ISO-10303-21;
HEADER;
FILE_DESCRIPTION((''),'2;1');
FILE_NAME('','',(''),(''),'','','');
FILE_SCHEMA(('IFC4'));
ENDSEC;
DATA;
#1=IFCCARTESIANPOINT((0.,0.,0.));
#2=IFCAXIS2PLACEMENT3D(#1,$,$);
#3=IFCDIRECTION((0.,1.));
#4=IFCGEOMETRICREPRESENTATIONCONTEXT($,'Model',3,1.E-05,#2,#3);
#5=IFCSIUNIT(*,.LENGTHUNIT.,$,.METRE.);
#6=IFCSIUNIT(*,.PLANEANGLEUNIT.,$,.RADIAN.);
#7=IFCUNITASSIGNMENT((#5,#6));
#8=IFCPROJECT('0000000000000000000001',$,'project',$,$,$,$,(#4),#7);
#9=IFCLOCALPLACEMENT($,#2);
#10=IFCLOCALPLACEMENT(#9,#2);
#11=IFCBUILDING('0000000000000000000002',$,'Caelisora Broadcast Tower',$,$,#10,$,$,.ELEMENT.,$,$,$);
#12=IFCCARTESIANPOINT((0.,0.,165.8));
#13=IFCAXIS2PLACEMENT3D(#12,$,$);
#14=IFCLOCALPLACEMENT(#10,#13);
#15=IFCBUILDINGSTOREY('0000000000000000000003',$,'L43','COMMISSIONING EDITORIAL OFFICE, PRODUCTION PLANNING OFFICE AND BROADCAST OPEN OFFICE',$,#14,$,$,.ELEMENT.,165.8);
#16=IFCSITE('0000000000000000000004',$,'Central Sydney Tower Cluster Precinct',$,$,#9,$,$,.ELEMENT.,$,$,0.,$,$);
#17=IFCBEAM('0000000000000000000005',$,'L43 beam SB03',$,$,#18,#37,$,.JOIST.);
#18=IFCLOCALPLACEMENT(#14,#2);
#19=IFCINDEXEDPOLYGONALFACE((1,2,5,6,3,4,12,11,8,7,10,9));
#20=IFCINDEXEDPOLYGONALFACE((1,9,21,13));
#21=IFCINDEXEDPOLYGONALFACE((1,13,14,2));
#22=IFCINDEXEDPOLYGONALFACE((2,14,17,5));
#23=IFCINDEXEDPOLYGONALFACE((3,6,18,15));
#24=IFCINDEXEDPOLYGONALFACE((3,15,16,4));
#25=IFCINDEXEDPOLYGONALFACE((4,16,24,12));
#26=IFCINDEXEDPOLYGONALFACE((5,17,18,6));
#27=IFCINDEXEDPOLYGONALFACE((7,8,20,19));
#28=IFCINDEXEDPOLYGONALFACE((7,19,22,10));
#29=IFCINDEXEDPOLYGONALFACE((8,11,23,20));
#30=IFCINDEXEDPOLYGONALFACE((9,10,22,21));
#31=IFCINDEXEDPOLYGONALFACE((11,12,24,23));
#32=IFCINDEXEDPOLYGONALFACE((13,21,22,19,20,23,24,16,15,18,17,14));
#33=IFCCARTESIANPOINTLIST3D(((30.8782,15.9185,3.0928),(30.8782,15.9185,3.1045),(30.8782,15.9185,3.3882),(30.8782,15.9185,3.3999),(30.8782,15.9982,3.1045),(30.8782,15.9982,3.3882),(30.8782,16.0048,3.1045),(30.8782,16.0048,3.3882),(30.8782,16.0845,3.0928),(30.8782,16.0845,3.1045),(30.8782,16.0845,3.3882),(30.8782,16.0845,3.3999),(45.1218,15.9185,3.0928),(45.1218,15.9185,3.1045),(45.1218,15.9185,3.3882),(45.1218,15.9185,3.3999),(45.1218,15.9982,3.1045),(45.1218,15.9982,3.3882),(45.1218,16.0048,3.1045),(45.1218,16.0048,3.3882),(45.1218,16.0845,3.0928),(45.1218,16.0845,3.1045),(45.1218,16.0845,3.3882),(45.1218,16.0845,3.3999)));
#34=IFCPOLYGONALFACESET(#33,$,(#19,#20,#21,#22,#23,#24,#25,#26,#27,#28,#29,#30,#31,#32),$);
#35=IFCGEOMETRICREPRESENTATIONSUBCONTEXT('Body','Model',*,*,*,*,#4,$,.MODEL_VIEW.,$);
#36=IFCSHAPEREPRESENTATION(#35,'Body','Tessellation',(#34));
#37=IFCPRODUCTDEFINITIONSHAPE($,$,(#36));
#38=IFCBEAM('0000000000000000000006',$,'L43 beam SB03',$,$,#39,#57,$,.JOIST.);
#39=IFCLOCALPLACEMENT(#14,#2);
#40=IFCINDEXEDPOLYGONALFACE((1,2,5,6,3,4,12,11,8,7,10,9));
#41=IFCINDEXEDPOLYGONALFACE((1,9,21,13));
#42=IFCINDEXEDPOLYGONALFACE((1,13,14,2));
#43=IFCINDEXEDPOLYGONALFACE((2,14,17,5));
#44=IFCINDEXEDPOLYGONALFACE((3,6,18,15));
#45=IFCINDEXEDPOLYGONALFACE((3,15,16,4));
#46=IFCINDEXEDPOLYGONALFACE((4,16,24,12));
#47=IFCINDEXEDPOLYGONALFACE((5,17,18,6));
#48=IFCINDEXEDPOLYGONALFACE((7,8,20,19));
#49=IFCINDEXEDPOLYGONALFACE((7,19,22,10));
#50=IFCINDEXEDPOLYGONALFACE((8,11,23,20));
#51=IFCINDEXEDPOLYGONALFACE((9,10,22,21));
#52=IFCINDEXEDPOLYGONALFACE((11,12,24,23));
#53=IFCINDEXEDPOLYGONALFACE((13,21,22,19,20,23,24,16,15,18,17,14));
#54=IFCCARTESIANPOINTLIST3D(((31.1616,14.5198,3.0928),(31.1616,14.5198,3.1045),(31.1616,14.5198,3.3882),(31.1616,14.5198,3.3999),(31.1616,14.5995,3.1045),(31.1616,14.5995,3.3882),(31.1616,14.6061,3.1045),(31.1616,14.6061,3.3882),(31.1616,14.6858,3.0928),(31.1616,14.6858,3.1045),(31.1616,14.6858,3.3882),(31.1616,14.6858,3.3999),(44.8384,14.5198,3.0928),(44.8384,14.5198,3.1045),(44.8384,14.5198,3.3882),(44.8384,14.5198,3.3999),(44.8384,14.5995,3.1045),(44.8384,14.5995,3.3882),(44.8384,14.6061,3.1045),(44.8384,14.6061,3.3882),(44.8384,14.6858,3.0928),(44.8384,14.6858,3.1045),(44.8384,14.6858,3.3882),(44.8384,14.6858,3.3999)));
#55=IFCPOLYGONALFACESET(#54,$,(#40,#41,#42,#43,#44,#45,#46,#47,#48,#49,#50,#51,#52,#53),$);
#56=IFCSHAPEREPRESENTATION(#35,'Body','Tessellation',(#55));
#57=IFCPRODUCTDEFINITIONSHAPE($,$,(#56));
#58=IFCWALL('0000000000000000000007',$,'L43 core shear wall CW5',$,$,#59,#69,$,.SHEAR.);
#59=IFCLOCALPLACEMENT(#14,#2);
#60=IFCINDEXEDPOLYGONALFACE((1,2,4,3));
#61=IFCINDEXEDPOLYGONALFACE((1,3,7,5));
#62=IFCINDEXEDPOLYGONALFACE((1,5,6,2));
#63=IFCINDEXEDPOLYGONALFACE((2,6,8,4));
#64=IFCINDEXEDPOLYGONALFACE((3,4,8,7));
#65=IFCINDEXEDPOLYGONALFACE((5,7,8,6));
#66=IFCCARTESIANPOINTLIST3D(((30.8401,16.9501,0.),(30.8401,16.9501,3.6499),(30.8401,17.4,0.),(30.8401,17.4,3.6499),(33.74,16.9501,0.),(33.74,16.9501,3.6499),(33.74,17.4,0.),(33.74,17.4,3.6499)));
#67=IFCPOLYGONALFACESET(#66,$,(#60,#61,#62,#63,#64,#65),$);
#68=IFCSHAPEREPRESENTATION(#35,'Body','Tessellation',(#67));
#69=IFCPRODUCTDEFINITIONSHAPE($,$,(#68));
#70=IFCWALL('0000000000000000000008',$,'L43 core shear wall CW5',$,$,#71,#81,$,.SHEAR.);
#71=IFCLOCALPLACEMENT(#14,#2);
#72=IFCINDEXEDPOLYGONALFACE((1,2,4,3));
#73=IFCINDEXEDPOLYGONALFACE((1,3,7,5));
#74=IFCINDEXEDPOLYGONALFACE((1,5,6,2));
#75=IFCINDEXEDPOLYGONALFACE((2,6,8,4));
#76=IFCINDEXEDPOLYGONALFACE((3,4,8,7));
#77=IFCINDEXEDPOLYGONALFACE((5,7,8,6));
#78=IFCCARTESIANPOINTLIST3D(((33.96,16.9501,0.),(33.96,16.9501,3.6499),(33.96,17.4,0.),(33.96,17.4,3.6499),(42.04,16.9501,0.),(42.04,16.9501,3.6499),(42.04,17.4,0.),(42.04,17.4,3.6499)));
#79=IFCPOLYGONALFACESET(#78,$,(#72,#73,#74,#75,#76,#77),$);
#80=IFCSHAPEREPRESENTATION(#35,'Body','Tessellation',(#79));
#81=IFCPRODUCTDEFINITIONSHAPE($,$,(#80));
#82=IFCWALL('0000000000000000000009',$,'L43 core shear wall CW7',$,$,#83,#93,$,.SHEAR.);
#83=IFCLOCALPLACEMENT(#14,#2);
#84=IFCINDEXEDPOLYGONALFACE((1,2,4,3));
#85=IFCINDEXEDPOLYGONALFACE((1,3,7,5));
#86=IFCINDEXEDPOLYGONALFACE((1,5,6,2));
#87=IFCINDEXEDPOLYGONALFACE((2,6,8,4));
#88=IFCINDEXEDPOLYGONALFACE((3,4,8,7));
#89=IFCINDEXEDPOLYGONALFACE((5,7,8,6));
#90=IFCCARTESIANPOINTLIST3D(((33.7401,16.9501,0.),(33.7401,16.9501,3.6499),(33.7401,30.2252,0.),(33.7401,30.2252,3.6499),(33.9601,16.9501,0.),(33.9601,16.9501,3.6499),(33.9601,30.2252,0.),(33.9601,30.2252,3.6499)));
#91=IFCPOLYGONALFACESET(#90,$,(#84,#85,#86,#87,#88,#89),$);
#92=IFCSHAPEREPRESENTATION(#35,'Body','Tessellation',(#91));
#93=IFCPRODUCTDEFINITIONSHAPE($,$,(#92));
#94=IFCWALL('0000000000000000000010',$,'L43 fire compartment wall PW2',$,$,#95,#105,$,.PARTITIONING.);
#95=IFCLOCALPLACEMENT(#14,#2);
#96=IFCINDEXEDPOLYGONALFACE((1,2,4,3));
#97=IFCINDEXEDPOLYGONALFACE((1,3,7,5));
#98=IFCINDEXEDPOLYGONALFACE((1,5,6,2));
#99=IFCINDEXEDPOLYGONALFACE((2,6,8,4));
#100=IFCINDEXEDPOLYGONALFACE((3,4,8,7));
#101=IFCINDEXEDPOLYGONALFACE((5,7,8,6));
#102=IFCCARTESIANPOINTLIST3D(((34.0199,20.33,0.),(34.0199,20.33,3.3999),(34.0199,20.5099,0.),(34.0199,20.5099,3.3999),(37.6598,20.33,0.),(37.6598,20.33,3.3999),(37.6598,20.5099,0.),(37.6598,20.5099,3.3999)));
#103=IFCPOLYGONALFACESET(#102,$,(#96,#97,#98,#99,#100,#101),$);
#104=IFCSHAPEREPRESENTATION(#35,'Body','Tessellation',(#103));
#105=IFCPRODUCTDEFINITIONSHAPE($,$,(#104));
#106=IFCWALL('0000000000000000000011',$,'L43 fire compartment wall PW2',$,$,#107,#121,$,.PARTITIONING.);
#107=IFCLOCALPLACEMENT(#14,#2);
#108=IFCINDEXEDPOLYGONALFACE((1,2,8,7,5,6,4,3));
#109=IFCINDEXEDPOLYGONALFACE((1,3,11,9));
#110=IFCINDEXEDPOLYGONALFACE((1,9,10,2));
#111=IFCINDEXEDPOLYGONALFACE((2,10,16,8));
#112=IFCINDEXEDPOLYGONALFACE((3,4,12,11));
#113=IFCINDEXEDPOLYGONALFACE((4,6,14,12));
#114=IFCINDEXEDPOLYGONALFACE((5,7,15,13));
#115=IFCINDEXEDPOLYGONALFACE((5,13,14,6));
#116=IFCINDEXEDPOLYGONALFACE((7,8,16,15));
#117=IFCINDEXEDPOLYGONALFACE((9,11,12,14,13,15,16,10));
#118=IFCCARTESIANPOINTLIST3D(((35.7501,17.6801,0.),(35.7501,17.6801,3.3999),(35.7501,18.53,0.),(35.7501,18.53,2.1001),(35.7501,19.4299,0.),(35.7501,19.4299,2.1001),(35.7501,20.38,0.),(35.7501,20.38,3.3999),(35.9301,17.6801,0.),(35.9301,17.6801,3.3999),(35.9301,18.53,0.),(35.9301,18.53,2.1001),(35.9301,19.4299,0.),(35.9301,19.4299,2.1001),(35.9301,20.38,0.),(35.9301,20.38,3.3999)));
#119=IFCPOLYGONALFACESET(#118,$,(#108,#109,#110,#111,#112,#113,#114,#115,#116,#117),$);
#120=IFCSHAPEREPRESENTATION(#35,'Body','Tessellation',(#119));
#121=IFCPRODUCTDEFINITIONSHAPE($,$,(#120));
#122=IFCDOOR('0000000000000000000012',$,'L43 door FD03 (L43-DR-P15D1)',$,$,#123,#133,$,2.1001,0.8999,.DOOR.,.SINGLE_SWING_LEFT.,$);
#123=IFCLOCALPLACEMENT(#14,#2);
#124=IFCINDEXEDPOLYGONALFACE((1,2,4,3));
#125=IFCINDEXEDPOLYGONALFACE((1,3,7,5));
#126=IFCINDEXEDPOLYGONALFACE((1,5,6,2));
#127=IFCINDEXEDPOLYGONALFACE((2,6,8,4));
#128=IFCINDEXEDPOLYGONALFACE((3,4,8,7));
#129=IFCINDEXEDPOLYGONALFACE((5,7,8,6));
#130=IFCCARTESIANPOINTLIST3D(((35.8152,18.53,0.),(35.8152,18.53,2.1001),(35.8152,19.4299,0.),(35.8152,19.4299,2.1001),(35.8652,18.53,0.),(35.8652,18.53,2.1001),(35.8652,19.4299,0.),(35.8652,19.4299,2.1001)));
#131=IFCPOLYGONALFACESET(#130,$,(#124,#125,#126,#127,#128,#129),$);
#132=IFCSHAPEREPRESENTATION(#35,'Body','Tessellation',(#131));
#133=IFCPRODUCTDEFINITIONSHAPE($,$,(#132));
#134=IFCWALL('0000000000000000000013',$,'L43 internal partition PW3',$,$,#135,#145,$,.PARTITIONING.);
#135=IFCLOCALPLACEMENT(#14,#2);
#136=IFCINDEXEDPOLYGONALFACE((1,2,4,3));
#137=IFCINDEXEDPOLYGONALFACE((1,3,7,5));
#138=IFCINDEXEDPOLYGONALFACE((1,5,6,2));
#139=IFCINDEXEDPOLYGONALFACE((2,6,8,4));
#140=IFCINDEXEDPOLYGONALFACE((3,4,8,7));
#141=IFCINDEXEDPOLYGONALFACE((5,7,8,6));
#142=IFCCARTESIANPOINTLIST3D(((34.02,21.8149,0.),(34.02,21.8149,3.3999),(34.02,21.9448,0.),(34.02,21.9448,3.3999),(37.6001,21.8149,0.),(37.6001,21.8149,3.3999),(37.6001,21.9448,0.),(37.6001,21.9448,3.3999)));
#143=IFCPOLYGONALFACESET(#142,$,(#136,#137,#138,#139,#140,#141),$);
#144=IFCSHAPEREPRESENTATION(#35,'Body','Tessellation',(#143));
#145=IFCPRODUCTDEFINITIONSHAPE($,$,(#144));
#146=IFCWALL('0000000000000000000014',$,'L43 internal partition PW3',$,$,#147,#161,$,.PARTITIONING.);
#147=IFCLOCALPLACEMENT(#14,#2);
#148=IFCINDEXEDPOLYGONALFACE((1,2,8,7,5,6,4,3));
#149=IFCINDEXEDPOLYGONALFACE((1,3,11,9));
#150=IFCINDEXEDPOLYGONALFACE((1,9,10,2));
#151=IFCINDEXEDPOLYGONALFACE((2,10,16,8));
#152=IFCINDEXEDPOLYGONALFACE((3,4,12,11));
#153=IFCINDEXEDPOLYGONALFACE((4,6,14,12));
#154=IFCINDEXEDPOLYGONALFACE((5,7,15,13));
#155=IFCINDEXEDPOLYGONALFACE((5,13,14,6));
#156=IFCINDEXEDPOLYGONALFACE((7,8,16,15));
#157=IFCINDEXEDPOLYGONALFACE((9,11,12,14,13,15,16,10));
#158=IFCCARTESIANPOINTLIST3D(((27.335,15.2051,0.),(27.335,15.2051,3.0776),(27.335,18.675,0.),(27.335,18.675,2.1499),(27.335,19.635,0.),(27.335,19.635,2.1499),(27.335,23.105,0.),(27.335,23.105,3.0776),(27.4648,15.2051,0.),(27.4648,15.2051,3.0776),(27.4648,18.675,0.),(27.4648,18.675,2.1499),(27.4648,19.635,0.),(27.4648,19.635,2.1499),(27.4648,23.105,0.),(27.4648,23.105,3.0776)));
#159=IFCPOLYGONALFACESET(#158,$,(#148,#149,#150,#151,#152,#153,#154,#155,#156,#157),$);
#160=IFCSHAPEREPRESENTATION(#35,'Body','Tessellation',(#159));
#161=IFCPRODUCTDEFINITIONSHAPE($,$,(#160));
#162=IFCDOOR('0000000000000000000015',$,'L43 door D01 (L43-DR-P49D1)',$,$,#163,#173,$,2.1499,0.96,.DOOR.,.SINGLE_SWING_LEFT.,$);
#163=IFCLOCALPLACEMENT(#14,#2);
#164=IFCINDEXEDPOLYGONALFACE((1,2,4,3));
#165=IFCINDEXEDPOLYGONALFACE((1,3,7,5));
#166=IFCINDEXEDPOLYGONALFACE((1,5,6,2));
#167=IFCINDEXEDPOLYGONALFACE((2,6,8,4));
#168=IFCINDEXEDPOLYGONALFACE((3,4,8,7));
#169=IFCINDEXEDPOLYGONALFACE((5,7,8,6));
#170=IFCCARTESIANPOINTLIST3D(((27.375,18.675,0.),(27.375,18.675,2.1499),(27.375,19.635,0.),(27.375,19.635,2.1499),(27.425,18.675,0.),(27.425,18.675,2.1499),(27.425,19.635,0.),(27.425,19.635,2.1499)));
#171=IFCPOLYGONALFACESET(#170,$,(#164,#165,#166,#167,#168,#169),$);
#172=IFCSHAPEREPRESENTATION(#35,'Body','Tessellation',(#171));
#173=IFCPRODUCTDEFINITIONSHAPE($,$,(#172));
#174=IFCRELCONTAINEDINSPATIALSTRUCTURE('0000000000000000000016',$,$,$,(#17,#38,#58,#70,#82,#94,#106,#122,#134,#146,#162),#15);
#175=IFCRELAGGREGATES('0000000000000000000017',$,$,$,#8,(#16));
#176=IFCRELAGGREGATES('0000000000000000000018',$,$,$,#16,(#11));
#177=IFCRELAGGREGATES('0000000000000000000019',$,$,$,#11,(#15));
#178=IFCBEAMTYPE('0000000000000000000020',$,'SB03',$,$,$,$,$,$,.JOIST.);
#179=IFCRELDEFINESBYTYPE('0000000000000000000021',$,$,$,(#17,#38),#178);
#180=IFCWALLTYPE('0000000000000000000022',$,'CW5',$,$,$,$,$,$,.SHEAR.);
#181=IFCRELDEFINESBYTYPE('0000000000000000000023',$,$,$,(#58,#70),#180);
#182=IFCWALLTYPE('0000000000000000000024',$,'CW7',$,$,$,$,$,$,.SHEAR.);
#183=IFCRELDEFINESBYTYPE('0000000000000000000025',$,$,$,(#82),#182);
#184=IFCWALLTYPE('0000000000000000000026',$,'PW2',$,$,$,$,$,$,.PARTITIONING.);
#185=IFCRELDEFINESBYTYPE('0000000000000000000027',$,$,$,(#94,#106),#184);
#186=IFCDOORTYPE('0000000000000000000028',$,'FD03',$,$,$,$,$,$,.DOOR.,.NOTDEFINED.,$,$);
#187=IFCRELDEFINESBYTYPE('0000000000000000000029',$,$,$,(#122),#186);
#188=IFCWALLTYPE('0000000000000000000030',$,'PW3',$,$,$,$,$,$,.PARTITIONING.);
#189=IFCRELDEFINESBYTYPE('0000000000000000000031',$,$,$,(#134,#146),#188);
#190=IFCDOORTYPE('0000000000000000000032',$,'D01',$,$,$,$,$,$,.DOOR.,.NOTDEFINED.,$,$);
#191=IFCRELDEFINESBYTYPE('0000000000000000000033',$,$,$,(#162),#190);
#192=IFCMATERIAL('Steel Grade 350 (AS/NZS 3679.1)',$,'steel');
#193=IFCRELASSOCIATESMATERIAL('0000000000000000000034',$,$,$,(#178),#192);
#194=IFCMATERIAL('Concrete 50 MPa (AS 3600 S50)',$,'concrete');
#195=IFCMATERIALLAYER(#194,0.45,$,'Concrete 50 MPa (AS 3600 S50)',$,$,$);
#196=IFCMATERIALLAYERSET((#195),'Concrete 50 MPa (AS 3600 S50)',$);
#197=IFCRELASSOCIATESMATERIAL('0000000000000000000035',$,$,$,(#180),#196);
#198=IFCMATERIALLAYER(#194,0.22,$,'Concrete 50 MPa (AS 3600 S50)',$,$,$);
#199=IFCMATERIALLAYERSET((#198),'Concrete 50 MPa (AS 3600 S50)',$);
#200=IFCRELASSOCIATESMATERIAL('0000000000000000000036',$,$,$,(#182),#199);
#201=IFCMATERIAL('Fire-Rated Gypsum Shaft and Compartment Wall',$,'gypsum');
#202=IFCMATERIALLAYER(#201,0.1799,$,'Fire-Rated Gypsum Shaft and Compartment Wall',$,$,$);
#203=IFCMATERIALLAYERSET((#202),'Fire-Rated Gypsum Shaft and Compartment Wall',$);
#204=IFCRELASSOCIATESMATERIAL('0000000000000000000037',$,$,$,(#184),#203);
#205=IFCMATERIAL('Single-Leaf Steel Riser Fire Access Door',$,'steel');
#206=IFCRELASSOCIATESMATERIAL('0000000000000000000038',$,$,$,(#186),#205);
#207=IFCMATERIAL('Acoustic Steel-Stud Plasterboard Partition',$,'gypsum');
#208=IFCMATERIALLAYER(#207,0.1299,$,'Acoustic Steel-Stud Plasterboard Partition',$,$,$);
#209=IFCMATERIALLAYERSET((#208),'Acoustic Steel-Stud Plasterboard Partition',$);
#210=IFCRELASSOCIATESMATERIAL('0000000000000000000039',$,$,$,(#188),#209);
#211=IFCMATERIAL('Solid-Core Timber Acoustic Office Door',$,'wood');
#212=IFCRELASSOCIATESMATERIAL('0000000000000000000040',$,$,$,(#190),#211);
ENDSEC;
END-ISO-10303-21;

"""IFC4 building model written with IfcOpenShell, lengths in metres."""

from ifc_helpers import new_model, si_unit, direction, frame, frame_2d, origin, origin_2d, place, context, subcontext, project, spatial, rectangle, i_section, extrude, source, transform, mapped, material, layer, layer_set, material_profile, profile_set, type_object, element, fill, save


model = new_model("IFC4")

# Units and contexts
model_context = context("Model", 3, precision=1e-05, world=origin(), true_north=direction((0.0, 1.0)))
body_context = subcontext(model_context, "Body", "Model", "MODEL_VIEW")
ifc_project = project(units=[si_unit("LENGTHUNIT", "METRE"), si_unit("PLANEANGLEUNIT", "RADIAN")], contexts=[model_context])

# Site, building, storey
site_placement = place(None, origin())
site = spatial("IfcSite", under=ifc_project, at=site_placement, Name="Central Sydney Tower Cluster Precinct", CompositionType="ELEMENT", RefElevation=0.0)
building_placement = place(site_placement, origin())
building = spatial("IfcBuilding", under=site, at=building_placement, Name="Caelisora Broadcast Tower", CompositionType="ELEMENT")
storey_placement = place(building_placement, frame((0.0, 0.0, 165.8)))
storey = spatial("IfcBuildingStorey", under=building, at=storey_placement, Name="L43", Description="COMMISSIONING EDITORIAL OFFICE, PRODUCTION PLANNING OFFICE AND BROADCAST OPEN OFFICE", CompositionType="ELEMENT", Elevation=165.8)

# Beams
ifc_material_1 = material(Name="Steel Grade 350 (AS/NZS 3679.1)", Category="steel")
ifc_material_profile_1 = material_profile(ifc_material_1, i_section(OverallWidth=0.166, OverallDepth=0.3071, WebThickness=0.0066, FlangeThickness=0.0117, at=origin_2d()), Name="Steel Grade 350 (AS/NZS 3679.1)")
ifc_profile_set_1 = profile_set([ifc_material_profile_1], Name="Steel Grade 350 (AS/NZS 3679.1)")
beam_type_1 = type_object("IfcBeamType", Name="SB03", PredefinedType="JOIST", material=ifc_profile_set_1)
shared_shape_1 = source(origin(), body_context, "Body", "SweptSolid", [
    extrude(i_section(OverallWidth=0.166, OverallDepth=0.3071, WebThickness=0.0066, FlangeThickness=0.0117, at=origin_2d()), origin(), (0.0, 0.0, 1.0), 14.2437),
])
beam_1_placement = place(storey_placement, frame((30.8782, 16.0015, 3.2463), z_axis=(1.0, 0.0, 0.0), x_axis=(0.0, 1.0, 0.0)))
element("IfcBeam", 1, at=beam_1_placement, inside=storey, type_object=beam_type_1, Name="L43 beam SB03", PredefinedType="JOIST", context=body_context, shape_type="MappedRepresentation", body=[
    mapped(shared_shape_1, transform((0.0, 0.0, 0.0), scale=1.0)),
])
shared_shape_2 = source(origin(), body_context, "Body", "SweptSolid", [
    extrude(i_section(OverallWidth=0.166, OverallDepth=0.3071, WebThickness=0.0066, FlangeThickness=0.0117, at=origin_2d()), origin(), (0.0, 0.0, 1.0), 13.6768),
])
beam_2_placement = place(storey_placement, frame((31.1616, 14.6028, 3.2463), z_axis=(1.0, 0.0, 0.0), x_axis=(0.0, 1.0, 0.0)))
element("IfcBeam", 2, at=beam_2_placement, inside=storey, type_object=beam_type_1, Name="L43 beam SB03", PredefinedType="JOIST", context=body_context, shape_type="MappedRepresentation", body=[
    mapped(shared_shape_2, transform((0.0, 0.0, 0.0), scale=1.0)),
])

# Shared definitions
ifc_material_2 = material(Name="Concrete 50 MPa (AS 3600 S50)", Category="concrete")

# Walls
ifc_layer_1 = layer(ifc_material_2, 0.45, Name="Concrete 50 MPa (AS 3600 S50)")
ifc_layer_set_1 = layer_set([ifc_layer_1], Name="Concrete 50 MPa (AS 3600 S50)")
wall_type_1 = type_object("IfcWallType", Name="CW5", PredefinedType="SHEAR", material=ifc_layer_set_1)
wall_1_placement = place(storey_placement, frame((30.8401, 17.175, 0.0), z_axis=(0.0, 0.0, 1.0), x_axis=(1.0, 0.0, 0.0)))
element("IfcWall", 3, at=wall_1_placement, inside=storey, type_object=wall_type_1, Name="L43 core shear wall CW5", PredefinedType="SHEAR", context=body_context, shape_type="SweptSolid", body=[
    extrude(rectangle(XDim=2.8999, YDim=0.45, at=frame_2d((1.45, 0.0))), origin(), (0.0, 0.0, 1.0), 3.6499),
])
wall_2_placement = place(storey_placement, frame((33.96, 17.175, 0.0), z_axis=(0.0, 0.0, 1.0), x_axis=(1.0, 0.0, 0.0)))
element("IfcWall", 4, at=wall_2_placement, inside=storey, type_object=wall_type_1, Name="L43 core shear wall CW5", PredefinedType="SHEAR", context=body_context, shape_type="SweptSolid", body=[
    extrude(rectangle(XDim=8.0801, YDim=0.45, at=frame_2d((4.04, 0.0))), origin(), (0.0, 0.0, 1.0), 3.6499),
])
ifc_layer_2 = layer(ifc_material_2, 0.22, Name="Concrete 50 MPa (AS 3600 S50)")
ifc_layer_set_2 = layer_set([ifc_layer_2], Name="Concrete 50 MPa (AS 3600 S50)")
wall_type_2 = type_object("IfcWallType", Name="CW7", PredefinedType="SHEAR", material=ifc_layer_set_2)
wall_3_placement = place(storey_placement, frame((33.8501, 16.95, 0.0), z_axis=(0.0, 0.0, 1.0), x_axis=(0.0, 1.0, 0.0)))
element("IfcWall", 5, at=wall_3_placement, inside=storey, type_object=wall_type_2, Name="L43 core shear wall CW7", PredefinedType="SHEAR", context=body_context, shape_type="SweptSolid", body=[
    extrude(rectangle(XDim=13.2751, YDim=0.22, at=frame_2d((6.6377, 0.0))), origin(), (0.0, 0.0, 1.0), 3.6499),
])
ifc_material_3 = material(Name="Fire-Rated Gypsum Shaft and Compartment Wall", Category="gypsum")
ifc_layer_3 = layer(ifc_material_3, 0.1799, Name="Fire-Rated Gypsum Shaft and Compartment Wall")
ifc_layer_set_3 = layer_set([ifc_layer_3], Name="Fire-Rated Gypsum Shaft and Compartment Wall")
wall_type_3 = type_object("IfcWallType", Name="PW2", PredefinedType="PARTITIONING", material=ifc_layer_set_3)
wall_4_placement = place(storey_placement, frame((34.02, 20.4199, 0.0), z_axis=(0.0, 0.0, 1.0), x_axis=(1.0, 0.0, 0.0)))
element("IfcWall", 6, at=wall_4_placement, inside=storey, type_object=wall_type_3, Name="L43 fire compartment wall PW2", PredefinedType="PARTITIONING", context=body_context, shape_type="SweptSolid", body=[
    extrude(rectangle(XDim=3.6399, YDim=0.1799, at=frame_2d((1.8198, 0.0))), origin(), (0.0, 0.0, 1.0), 3.3999),
])

# Wall, opening, door
wall_5_placement = place(storey_placement, frame((35.8401, 17.6799, 0.0), z_axis=(0.0, 0.0, 1.0), x_axis=(0.0, 1.0, 0.0)))
wall_5 = element("IfcWall", 7, at=wall_5_placement, inside=storey, type_object=wall_type_3, Name="L43 fire compartment wall PW2", PredefinedType="PARTITIONING", context=body_context, shape_type="SweptSolid", body=[
    extrude(rectangle(XDim=2.7, YDim=0.1799, at=frame_2d((1.3501, 0.0))), origin(), (0.0, 0.0, 1.0), 3.3999),
])
opening_1_placement = place(wall_5_placement, frame((0.8501, 0.0, 0.0)))
opening_1 = element("IfcOpeningElement", 8, at=opening_1_placement, cuts=wall_5, PredefinedType="OPENING", context=body_context, shape_type="SweptSolid", body=[
    extrude(rectangle(XDim=0.8999, YDim=2.1001, at=frame_2d((0.45, 1.05))), frame((0.0, 0.1021, 0.0), z_axis=(0.0, -1.0, 0.0), x_axis=(1.0, 0.0, 0.0)), (0.0, 0.0, 1.0), 0.2039),
])
ifc_material_4 = material(Name="Single-Leaf Steel Riser Fire Access Door", Category="steel")
door_type_1 = type_object("IfcDoorType", Name="FD03", OperationType="NOTDEFINED", PredefinedType="DOOR", material=ifc_material_4)
door_1_placement = place(opening_1_placement, origin())
door_1 = element("IfcDoor", 9, at=door_1_placement, inside=storey, type_object=door_type_1, Name="L43 door FD03 (L43-DR-P15D1)", OperationType="SINGLE_SWING_LEFT", OverallHeight=2.1001, OverallWidth=0.8999, PredefinedType="DOOR", context=body_context, shape_type="SweptSolid", body=[
    extrude(rectangle(XDim=0.8999, YDim=2.1001, at=frame_2d((0.45, 1.05))), frame((0.0, 0.0249, 0.0), z_axis=(0.0, -1.0, 0.0), x_axis=(1.0, 0.0, 0.0)), (0.0, 0.0, 1.0), 0.05),
])
fill(opening_1, door_1)

# Wall
ifc_material_5 = material(Name="Acoustic Steel-Stud Plasterboard Partition", Category="gypsum")
ifc_layer_4 = layer(ifc_material_5, 0.1299, Name="Acoustic Steel-Stud Plasterboard Partition")
ifc_layer_set_4 = layer_set([ifc_layer_4], Name="Acoustic Steel-Stud Plasterboard Partition")
wall_type_4 = type_object("IfcWallType", Name="PW3", PredefinedType="PARTITIONING", material=ifc_layer_set_4)
wall_6_placement = place(storey_placement, frame((34.02, 21.8799, 0.0), z_axis=(0.0, 0.0, 1.0), x_axis=(1.0, 0.0, 0.0)))
element("IfcWall", 10, at=wall_6_placement, inside=storey, type_object=wall_type_4, Name="L43 internal partition PW3", PredefinedType="PARTITIONING", context=body_context, shape_type="SweptSolid", body=[
    extrude(rectangle(XDim=3.5801, YDim=0.1299, at=frame_2d((1.79, 0.0))), origin(), (0.0, 0.0, 1.0), 3.3999),
])

# Wall, opening, door
wall_7_placement = place(storey_placement, frame((27.3999, 15.2051, 0.0), z_axis=(0.0, 0.0, 1.0), x_axis=(0.0, 1.0, 0.0)))
wall_7 = element("IfcWall", 11, at=wall_7_placement, inside=storey, type_object=wall_type_4, Name="L43 internal partition PW3", PredefinedType="PARTITIONING", context=body_context, shape_type="SweptSolid", body=[
    extrude(rectangle(XDim=7.8999, YDim=0.1299, at=frame_2d((3.95, 0.0))), origin(), (0.0, 0.0, 1.0), 3.0776),
])
opening_2_placement = place(wall_7_placement, frame((3.47, 0.0, 0.0)))
opening_2 = element("IfcOpeningElement", 12, at=opening_2_placement, cuts=wall_7, PredefinedType="OPENING", context=body_context, shape_type="SweptSolid", body=[
    extrude(rectangle(XDim=0.96, YDim=2.1499, at=frame_2d((0.48, 1.075))), frame((0.0, 0.0769, 0.0), z_axis=(0.0, -1.0, 0.0), x_axis=(1.0, 0.0, 0.0)), (0.0, 0.0, 1.0), 0.1538),
])
ifc_material_6 = material(Name="Solid-Core Timber Acoustic Office Door", Category="wood")
door_type_2 = type_object("IfcDoorType", Name="D01", OperationType="NOTDEFINED", PredefinedType="DOOR", material=ifc_material_6)
door_2_placement = place(opening_2_placement, origin())
door_2 = element("IfcDoor", 13, at=door_2_placement, inside=storey, type_object=door_type_2, Name="L43 door D01 (L43-DR-P49D1)", OperationType="SINGLE_SWING_LEFT", OverallHeight=2.1499, OverallWidth=0.96, PredefinedType="DOOR", context=body_context, shape_type="SweptSolid", body=[
    extrude(rectangle(XDim=0.96, YDim=2.1499, at=frame_2d((0.48, 1.075))), frame((0.0, 0.0249, 0.0), z_axis=(0.0, -1.0, 0.0), x_axis=(1.0, 0.0, 0.0)), (0.0, 0.0, 1.0), 0.05),
])
fill(opening_2, door_2)

save(model, "model.ifc")
